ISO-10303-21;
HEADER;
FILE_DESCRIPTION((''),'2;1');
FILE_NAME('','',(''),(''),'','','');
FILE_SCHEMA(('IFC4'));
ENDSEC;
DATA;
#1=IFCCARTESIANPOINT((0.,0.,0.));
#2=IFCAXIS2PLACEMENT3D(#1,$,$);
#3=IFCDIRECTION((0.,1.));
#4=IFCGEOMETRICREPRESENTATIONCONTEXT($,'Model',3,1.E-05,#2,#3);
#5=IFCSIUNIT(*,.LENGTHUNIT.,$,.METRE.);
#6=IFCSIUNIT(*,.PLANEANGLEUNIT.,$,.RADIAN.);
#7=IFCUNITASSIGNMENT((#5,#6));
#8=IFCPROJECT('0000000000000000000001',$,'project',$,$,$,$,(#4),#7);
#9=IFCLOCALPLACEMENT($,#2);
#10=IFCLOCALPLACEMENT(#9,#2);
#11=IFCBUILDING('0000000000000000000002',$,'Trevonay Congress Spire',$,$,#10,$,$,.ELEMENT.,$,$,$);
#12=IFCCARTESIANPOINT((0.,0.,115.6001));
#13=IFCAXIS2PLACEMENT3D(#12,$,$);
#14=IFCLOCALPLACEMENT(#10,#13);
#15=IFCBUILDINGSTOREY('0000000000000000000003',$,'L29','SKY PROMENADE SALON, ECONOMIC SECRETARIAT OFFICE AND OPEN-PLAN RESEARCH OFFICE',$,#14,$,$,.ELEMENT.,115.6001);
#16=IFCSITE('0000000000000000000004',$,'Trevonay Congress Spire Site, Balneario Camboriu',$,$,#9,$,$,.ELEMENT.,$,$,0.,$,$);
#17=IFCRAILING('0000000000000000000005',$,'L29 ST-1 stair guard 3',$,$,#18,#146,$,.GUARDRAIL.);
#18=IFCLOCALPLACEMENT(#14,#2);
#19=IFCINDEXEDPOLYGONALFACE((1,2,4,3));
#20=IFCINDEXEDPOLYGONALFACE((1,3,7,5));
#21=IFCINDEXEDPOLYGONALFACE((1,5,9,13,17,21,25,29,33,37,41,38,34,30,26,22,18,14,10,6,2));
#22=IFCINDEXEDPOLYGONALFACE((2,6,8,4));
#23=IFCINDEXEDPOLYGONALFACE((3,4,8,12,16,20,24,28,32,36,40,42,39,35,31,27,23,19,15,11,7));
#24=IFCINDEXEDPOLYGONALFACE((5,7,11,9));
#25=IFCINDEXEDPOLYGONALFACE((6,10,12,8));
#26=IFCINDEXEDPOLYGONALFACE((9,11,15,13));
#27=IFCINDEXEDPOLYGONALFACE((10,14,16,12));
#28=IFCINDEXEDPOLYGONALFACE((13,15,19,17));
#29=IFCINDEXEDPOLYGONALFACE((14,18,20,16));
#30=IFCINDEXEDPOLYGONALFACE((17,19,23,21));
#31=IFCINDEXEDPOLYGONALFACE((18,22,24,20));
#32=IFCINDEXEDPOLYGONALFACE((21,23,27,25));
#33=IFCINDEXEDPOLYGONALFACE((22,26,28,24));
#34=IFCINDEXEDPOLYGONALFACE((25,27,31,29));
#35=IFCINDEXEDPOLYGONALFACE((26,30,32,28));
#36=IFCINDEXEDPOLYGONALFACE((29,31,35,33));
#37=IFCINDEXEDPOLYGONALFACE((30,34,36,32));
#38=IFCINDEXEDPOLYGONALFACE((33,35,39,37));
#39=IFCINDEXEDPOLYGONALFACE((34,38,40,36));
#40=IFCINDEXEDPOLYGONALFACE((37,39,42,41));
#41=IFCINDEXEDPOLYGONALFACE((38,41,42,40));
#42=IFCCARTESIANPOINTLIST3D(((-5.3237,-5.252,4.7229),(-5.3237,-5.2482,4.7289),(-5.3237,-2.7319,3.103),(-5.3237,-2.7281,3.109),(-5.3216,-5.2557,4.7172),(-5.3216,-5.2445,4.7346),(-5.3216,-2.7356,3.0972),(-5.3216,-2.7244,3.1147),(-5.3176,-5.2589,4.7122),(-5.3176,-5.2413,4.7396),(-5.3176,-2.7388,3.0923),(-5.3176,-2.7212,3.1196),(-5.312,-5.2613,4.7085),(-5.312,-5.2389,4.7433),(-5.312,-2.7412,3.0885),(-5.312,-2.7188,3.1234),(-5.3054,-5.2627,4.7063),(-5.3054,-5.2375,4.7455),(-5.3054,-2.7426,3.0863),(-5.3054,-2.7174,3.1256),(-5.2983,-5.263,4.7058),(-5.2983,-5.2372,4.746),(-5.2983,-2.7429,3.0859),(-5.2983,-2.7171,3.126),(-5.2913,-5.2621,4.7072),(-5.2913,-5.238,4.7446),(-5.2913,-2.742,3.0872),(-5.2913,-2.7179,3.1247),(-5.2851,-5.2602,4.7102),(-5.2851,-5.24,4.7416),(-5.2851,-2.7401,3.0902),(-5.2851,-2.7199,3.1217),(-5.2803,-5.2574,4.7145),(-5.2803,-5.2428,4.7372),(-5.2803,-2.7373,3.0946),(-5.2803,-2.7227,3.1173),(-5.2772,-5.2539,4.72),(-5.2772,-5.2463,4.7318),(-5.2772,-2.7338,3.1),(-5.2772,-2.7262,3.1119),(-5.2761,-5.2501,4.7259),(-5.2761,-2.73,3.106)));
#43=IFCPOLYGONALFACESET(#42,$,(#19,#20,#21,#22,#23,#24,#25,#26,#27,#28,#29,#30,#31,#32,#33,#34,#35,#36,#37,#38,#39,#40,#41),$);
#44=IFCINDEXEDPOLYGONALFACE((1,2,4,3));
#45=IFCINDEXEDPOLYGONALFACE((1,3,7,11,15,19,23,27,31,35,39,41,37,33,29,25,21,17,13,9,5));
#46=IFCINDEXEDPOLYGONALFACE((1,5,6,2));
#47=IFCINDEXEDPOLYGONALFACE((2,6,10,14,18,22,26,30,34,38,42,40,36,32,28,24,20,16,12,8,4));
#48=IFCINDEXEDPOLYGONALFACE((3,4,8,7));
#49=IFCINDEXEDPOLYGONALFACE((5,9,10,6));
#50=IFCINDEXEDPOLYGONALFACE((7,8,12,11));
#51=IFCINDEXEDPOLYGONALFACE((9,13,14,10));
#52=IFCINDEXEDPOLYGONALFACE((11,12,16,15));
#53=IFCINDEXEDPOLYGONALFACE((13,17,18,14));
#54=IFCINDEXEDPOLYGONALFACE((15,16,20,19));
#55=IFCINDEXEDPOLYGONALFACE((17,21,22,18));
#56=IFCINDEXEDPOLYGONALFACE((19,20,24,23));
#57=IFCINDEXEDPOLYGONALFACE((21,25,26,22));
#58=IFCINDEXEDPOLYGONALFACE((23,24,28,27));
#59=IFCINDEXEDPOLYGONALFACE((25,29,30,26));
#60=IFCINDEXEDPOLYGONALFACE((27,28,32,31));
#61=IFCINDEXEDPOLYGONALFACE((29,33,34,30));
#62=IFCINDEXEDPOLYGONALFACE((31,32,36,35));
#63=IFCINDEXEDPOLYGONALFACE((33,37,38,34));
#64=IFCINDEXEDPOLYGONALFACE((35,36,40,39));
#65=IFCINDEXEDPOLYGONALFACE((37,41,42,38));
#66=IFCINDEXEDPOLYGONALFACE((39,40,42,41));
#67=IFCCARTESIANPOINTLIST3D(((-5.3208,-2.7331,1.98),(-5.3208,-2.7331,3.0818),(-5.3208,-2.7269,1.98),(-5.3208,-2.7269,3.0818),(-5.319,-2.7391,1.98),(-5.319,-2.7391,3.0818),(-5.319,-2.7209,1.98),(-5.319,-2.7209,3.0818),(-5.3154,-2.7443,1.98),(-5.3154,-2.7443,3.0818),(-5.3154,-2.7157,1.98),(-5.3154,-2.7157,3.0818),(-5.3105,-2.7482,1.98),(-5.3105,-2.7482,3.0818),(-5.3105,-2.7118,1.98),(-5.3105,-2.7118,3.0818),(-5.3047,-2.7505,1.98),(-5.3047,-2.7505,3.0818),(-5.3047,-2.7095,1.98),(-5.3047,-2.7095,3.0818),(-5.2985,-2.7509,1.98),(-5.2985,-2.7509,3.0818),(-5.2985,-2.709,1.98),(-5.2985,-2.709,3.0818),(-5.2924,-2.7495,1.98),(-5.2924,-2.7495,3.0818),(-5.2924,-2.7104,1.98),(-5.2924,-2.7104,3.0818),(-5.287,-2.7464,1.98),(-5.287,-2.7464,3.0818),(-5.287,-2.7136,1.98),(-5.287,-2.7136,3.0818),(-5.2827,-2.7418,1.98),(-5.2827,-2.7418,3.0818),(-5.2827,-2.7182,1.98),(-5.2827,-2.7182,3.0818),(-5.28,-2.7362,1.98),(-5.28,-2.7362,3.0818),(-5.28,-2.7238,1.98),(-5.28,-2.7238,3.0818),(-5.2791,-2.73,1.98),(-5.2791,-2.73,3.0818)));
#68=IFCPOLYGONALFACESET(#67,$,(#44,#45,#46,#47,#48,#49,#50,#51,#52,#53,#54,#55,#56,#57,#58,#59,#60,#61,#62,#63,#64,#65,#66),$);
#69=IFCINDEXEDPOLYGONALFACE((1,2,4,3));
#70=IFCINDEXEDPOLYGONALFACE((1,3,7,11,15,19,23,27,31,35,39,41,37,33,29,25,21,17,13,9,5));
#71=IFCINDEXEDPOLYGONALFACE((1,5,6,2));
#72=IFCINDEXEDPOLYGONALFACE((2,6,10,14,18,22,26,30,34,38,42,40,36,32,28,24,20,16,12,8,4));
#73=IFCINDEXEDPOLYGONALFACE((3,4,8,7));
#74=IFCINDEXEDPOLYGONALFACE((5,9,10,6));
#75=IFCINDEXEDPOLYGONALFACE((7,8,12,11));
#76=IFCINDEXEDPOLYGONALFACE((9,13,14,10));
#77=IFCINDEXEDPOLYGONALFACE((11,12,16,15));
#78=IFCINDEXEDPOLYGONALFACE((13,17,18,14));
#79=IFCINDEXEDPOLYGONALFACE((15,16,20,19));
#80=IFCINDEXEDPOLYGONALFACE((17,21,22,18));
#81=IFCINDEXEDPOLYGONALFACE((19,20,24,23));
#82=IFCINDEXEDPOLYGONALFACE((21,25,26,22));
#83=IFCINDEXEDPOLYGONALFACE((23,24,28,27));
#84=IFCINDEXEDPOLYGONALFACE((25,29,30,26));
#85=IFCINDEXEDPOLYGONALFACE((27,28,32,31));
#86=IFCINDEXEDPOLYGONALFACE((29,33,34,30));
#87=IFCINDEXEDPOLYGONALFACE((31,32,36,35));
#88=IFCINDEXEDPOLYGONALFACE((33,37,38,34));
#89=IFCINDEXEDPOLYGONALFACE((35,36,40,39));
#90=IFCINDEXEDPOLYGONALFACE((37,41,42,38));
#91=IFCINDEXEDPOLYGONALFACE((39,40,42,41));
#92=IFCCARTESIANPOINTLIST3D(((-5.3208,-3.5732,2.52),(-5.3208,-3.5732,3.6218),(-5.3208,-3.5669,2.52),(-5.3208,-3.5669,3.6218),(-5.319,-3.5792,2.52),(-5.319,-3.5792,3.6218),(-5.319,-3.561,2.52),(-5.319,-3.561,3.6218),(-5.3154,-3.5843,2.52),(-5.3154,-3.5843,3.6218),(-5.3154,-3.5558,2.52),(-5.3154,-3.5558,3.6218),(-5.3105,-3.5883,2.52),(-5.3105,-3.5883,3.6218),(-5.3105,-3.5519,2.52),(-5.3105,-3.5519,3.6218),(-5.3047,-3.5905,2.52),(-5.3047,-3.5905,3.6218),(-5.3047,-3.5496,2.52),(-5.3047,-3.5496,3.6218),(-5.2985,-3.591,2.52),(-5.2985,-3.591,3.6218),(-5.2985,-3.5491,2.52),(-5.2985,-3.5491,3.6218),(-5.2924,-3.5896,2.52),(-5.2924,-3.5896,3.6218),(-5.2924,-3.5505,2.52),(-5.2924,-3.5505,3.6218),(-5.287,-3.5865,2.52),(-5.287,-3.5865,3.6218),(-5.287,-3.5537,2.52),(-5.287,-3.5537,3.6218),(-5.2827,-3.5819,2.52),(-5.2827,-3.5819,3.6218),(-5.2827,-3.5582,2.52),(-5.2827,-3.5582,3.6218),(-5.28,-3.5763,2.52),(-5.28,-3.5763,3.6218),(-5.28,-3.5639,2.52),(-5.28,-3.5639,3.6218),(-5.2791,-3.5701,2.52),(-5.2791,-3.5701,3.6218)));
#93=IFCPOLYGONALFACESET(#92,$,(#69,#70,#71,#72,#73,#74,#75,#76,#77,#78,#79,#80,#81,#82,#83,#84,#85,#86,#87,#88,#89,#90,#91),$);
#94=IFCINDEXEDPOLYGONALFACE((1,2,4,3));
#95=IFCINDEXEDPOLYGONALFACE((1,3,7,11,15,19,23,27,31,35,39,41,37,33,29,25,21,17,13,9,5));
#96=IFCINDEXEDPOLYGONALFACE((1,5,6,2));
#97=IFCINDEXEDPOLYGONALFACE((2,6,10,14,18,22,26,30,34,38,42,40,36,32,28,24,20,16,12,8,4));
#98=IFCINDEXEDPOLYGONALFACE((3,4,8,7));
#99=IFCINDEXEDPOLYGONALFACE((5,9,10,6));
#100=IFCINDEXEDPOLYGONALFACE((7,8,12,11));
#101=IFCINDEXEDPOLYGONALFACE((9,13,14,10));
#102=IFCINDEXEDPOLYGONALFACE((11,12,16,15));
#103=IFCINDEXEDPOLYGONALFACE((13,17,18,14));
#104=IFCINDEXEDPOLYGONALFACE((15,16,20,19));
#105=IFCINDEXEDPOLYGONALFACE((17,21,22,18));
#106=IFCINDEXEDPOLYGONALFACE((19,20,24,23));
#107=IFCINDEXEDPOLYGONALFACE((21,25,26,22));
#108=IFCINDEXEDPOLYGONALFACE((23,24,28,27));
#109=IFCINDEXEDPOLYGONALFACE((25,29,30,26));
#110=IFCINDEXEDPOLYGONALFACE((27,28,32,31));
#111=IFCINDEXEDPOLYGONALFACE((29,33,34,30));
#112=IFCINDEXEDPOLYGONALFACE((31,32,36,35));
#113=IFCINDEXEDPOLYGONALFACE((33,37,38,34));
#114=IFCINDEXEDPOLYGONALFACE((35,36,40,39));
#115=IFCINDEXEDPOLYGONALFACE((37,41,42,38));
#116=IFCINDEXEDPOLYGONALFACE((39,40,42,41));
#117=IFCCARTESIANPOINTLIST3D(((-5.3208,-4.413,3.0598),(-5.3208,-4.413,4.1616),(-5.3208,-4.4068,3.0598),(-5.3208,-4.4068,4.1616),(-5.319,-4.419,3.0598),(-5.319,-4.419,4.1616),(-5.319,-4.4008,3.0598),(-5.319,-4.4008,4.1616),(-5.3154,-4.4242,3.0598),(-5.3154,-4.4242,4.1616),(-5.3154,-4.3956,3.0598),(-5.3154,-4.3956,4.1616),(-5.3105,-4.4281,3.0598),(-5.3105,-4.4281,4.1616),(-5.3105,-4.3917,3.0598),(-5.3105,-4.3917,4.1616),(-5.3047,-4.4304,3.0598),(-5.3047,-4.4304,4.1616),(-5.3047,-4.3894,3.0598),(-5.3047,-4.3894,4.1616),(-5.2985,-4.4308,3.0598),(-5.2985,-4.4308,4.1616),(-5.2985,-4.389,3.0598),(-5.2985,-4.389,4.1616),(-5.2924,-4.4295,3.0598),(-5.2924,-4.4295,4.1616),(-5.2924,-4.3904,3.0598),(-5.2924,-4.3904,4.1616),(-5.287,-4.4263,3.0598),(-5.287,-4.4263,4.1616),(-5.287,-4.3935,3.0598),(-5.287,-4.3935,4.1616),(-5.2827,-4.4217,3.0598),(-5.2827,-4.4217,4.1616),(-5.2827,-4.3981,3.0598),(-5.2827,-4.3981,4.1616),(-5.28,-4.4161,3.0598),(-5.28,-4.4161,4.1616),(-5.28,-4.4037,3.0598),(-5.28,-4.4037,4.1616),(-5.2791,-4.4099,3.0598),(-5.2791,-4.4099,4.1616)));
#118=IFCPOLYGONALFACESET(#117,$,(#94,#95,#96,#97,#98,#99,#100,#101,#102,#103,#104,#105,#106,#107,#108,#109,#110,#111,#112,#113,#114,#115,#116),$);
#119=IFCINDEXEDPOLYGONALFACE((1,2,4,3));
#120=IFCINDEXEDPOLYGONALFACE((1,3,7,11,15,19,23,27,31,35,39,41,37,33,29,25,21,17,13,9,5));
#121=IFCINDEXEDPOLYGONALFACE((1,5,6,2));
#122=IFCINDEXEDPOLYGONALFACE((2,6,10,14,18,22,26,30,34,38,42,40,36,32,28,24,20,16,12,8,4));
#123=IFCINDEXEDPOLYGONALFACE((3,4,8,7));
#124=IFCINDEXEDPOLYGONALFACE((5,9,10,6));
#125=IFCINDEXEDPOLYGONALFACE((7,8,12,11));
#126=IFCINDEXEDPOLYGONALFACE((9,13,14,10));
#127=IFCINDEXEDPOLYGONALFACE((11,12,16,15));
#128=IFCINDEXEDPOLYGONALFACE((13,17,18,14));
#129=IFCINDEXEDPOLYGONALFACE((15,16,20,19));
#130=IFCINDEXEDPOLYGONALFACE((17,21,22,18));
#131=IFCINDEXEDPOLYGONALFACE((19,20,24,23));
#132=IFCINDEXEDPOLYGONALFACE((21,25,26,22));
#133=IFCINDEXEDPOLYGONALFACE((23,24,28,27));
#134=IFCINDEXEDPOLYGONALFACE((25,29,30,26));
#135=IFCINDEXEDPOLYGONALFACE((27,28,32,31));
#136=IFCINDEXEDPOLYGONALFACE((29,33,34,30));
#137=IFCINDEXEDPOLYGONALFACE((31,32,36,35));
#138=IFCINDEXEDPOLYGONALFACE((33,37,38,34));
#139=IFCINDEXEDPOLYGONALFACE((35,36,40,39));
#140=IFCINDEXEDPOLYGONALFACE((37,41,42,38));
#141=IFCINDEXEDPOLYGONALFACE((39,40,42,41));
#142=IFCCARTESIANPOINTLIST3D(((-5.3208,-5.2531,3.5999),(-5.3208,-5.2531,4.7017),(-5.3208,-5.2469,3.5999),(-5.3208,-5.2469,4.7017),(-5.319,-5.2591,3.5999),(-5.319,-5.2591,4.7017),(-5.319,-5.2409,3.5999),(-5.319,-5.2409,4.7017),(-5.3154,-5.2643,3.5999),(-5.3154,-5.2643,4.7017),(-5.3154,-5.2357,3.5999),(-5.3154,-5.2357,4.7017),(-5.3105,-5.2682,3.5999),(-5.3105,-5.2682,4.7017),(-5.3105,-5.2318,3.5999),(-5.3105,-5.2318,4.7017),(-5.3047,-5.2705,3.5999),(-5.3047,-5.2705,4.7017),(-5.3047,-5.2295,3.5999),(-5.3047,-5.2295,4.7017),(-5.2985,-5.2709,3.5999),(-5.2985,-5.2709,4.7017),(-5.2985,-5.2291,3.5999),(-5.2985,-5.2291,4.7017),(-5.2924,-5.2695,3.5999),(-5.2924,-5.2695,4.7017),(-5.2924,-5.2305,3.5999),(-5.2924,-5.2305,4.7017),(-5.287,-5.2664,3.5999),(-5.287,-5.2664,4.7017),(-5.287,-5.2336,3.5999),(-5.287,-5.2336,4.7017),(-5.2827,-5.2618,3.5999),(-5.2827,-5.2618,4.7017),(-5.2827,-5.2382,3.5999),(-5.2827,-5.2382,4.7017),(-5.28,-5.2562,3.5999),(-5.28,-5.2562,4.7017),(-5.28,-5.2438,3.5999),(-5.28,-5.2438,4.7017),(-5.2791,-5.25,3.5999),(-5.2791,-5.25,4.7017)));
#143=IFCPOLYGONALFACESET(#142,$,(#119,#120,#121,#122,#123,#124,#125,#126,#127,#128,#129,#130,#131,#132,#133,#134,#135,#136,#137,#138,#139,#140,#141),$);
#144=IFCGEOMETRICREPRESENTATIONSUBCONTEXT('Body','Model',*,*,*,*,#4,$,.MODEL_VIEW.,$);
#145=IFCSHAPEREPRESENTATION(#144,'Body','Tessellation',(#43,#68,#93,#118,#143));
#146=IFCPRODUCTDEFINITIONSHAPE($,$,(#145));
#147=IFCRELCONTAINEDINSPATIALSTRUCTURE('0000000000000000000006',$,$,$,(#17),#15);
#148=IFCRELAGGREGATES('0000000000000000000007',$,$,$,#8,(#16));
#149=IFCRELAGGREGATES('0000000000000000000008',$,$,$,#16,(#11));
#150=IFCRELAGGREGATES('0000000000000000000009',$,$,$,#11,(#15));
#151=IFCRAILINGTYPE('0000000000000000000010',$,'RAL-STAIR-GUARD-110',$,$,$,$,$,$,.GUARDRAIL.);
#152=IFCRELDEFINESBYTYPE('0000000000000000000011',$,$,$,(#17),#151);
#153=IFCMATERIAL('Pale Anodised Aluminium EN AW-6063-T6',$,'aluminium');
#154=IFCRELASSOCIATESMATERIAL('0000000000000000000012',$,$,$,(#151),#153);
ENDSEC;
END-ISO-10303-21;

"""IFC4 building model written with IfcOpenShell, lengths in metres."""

from ifc_helpers import new_model, si_unit, direction, frame, origin, origin_2d, place, context, subcontext, project, spatial, circle, extrude, material, type_object, element, save


model = new_model("IFC4")

# Units and contexts
model_context = context("Model", 3, precision=1e-05, world=origin(), true_north=direction((0.0, 1.0)))
body_context = subcontext(model_context, "Body", "Model", "MODEL_VIEW")
ifc_project = project(units=[si_unit("LENGTHUNIT", "METRE"), si_unit("PLANEANGLEUNIT", "RADIAN")], contexts=[model_context])

# Site, building, storey
site_placement = place(None, origin())
site = spatial("IfcSite", under=ifc_project, at=site_placement, Name="Trevonay Congress Spire Site, Balneario Camboriu", CompositionType="ELEMENT", RefElevation=0.0)
building_placement = place(site_placement, origin())
building = spatial("IfcBuilding", under=site, at=building_placement, Name="Trevonay Congress Spire", CompositionType="ELEMENT")
storey_placement = place(building_placement, frame((0.0, 0.0, 115.6001)))
storey = spatial("IfcBuildingStorey", under=building, at=storey_placement, Name="L29", Description="SKY PROMENADE SALON, ECONOMIC SECRETARIAT OFFICE AND OPEN-PLAN RESEARCH OFFICE", CompositionType="ELEMENT", Elevation=115.6001)

# Railing
ifc_material_1 = material(Name="Pale Anodised Aluminium EN AW-6063-T6", Category="aluminium")
railing_type_1 = type_object("IfcRailingType", Name="RAL-STAIR-GUARD-110", PredefinedType="GUARDRAIL", material=ifc_material_1)
railing_1_placement = place(storey_placement, frame((-5.3, -2.73, 1.98)))
element("IfcRailing", 1, at=railing_1_placement, inside=storey, type_object=railing_type_1, Name="L29 ST-1 stair guard 3", PredefinedType="GUARDRAIL", context=body_context, shape_type="SweptSolid", body=[
    extrude(circle(Radius=0.0239, at=origin_2d()), frame((0.0, 0.0, 1.126), z_axis=(0.0, -0.8412, 0.540725), x_axis=(1.0, 0.0, 0.0)), (0.0, 0.0, 1.0), 2.9958),
    extrude(circle(Radius=0.021, at=origin_2d()), origin(), (0.0, 0.0, 1.0), 1.1018),
    extrude(circle(Radius=0.021, at=origin_2d()), frame((0.0, -0.8401, 0.54)), (0.0, 0.0, 1.0), 1.1018),
    extrude(circle(Radius=0.021, at=origin_2d()), frame((0.0, -1.6799, 1.0798)), (0.0, 0.0, 1.0), 1.1018),
    extrude(circle(Radius=0.021, at=origin_2d()), frame((0.0, -2.52, 1.6199)), (0.0, 0.0, 1.0), 1.1018),
])

save(model, "model.ifc")
